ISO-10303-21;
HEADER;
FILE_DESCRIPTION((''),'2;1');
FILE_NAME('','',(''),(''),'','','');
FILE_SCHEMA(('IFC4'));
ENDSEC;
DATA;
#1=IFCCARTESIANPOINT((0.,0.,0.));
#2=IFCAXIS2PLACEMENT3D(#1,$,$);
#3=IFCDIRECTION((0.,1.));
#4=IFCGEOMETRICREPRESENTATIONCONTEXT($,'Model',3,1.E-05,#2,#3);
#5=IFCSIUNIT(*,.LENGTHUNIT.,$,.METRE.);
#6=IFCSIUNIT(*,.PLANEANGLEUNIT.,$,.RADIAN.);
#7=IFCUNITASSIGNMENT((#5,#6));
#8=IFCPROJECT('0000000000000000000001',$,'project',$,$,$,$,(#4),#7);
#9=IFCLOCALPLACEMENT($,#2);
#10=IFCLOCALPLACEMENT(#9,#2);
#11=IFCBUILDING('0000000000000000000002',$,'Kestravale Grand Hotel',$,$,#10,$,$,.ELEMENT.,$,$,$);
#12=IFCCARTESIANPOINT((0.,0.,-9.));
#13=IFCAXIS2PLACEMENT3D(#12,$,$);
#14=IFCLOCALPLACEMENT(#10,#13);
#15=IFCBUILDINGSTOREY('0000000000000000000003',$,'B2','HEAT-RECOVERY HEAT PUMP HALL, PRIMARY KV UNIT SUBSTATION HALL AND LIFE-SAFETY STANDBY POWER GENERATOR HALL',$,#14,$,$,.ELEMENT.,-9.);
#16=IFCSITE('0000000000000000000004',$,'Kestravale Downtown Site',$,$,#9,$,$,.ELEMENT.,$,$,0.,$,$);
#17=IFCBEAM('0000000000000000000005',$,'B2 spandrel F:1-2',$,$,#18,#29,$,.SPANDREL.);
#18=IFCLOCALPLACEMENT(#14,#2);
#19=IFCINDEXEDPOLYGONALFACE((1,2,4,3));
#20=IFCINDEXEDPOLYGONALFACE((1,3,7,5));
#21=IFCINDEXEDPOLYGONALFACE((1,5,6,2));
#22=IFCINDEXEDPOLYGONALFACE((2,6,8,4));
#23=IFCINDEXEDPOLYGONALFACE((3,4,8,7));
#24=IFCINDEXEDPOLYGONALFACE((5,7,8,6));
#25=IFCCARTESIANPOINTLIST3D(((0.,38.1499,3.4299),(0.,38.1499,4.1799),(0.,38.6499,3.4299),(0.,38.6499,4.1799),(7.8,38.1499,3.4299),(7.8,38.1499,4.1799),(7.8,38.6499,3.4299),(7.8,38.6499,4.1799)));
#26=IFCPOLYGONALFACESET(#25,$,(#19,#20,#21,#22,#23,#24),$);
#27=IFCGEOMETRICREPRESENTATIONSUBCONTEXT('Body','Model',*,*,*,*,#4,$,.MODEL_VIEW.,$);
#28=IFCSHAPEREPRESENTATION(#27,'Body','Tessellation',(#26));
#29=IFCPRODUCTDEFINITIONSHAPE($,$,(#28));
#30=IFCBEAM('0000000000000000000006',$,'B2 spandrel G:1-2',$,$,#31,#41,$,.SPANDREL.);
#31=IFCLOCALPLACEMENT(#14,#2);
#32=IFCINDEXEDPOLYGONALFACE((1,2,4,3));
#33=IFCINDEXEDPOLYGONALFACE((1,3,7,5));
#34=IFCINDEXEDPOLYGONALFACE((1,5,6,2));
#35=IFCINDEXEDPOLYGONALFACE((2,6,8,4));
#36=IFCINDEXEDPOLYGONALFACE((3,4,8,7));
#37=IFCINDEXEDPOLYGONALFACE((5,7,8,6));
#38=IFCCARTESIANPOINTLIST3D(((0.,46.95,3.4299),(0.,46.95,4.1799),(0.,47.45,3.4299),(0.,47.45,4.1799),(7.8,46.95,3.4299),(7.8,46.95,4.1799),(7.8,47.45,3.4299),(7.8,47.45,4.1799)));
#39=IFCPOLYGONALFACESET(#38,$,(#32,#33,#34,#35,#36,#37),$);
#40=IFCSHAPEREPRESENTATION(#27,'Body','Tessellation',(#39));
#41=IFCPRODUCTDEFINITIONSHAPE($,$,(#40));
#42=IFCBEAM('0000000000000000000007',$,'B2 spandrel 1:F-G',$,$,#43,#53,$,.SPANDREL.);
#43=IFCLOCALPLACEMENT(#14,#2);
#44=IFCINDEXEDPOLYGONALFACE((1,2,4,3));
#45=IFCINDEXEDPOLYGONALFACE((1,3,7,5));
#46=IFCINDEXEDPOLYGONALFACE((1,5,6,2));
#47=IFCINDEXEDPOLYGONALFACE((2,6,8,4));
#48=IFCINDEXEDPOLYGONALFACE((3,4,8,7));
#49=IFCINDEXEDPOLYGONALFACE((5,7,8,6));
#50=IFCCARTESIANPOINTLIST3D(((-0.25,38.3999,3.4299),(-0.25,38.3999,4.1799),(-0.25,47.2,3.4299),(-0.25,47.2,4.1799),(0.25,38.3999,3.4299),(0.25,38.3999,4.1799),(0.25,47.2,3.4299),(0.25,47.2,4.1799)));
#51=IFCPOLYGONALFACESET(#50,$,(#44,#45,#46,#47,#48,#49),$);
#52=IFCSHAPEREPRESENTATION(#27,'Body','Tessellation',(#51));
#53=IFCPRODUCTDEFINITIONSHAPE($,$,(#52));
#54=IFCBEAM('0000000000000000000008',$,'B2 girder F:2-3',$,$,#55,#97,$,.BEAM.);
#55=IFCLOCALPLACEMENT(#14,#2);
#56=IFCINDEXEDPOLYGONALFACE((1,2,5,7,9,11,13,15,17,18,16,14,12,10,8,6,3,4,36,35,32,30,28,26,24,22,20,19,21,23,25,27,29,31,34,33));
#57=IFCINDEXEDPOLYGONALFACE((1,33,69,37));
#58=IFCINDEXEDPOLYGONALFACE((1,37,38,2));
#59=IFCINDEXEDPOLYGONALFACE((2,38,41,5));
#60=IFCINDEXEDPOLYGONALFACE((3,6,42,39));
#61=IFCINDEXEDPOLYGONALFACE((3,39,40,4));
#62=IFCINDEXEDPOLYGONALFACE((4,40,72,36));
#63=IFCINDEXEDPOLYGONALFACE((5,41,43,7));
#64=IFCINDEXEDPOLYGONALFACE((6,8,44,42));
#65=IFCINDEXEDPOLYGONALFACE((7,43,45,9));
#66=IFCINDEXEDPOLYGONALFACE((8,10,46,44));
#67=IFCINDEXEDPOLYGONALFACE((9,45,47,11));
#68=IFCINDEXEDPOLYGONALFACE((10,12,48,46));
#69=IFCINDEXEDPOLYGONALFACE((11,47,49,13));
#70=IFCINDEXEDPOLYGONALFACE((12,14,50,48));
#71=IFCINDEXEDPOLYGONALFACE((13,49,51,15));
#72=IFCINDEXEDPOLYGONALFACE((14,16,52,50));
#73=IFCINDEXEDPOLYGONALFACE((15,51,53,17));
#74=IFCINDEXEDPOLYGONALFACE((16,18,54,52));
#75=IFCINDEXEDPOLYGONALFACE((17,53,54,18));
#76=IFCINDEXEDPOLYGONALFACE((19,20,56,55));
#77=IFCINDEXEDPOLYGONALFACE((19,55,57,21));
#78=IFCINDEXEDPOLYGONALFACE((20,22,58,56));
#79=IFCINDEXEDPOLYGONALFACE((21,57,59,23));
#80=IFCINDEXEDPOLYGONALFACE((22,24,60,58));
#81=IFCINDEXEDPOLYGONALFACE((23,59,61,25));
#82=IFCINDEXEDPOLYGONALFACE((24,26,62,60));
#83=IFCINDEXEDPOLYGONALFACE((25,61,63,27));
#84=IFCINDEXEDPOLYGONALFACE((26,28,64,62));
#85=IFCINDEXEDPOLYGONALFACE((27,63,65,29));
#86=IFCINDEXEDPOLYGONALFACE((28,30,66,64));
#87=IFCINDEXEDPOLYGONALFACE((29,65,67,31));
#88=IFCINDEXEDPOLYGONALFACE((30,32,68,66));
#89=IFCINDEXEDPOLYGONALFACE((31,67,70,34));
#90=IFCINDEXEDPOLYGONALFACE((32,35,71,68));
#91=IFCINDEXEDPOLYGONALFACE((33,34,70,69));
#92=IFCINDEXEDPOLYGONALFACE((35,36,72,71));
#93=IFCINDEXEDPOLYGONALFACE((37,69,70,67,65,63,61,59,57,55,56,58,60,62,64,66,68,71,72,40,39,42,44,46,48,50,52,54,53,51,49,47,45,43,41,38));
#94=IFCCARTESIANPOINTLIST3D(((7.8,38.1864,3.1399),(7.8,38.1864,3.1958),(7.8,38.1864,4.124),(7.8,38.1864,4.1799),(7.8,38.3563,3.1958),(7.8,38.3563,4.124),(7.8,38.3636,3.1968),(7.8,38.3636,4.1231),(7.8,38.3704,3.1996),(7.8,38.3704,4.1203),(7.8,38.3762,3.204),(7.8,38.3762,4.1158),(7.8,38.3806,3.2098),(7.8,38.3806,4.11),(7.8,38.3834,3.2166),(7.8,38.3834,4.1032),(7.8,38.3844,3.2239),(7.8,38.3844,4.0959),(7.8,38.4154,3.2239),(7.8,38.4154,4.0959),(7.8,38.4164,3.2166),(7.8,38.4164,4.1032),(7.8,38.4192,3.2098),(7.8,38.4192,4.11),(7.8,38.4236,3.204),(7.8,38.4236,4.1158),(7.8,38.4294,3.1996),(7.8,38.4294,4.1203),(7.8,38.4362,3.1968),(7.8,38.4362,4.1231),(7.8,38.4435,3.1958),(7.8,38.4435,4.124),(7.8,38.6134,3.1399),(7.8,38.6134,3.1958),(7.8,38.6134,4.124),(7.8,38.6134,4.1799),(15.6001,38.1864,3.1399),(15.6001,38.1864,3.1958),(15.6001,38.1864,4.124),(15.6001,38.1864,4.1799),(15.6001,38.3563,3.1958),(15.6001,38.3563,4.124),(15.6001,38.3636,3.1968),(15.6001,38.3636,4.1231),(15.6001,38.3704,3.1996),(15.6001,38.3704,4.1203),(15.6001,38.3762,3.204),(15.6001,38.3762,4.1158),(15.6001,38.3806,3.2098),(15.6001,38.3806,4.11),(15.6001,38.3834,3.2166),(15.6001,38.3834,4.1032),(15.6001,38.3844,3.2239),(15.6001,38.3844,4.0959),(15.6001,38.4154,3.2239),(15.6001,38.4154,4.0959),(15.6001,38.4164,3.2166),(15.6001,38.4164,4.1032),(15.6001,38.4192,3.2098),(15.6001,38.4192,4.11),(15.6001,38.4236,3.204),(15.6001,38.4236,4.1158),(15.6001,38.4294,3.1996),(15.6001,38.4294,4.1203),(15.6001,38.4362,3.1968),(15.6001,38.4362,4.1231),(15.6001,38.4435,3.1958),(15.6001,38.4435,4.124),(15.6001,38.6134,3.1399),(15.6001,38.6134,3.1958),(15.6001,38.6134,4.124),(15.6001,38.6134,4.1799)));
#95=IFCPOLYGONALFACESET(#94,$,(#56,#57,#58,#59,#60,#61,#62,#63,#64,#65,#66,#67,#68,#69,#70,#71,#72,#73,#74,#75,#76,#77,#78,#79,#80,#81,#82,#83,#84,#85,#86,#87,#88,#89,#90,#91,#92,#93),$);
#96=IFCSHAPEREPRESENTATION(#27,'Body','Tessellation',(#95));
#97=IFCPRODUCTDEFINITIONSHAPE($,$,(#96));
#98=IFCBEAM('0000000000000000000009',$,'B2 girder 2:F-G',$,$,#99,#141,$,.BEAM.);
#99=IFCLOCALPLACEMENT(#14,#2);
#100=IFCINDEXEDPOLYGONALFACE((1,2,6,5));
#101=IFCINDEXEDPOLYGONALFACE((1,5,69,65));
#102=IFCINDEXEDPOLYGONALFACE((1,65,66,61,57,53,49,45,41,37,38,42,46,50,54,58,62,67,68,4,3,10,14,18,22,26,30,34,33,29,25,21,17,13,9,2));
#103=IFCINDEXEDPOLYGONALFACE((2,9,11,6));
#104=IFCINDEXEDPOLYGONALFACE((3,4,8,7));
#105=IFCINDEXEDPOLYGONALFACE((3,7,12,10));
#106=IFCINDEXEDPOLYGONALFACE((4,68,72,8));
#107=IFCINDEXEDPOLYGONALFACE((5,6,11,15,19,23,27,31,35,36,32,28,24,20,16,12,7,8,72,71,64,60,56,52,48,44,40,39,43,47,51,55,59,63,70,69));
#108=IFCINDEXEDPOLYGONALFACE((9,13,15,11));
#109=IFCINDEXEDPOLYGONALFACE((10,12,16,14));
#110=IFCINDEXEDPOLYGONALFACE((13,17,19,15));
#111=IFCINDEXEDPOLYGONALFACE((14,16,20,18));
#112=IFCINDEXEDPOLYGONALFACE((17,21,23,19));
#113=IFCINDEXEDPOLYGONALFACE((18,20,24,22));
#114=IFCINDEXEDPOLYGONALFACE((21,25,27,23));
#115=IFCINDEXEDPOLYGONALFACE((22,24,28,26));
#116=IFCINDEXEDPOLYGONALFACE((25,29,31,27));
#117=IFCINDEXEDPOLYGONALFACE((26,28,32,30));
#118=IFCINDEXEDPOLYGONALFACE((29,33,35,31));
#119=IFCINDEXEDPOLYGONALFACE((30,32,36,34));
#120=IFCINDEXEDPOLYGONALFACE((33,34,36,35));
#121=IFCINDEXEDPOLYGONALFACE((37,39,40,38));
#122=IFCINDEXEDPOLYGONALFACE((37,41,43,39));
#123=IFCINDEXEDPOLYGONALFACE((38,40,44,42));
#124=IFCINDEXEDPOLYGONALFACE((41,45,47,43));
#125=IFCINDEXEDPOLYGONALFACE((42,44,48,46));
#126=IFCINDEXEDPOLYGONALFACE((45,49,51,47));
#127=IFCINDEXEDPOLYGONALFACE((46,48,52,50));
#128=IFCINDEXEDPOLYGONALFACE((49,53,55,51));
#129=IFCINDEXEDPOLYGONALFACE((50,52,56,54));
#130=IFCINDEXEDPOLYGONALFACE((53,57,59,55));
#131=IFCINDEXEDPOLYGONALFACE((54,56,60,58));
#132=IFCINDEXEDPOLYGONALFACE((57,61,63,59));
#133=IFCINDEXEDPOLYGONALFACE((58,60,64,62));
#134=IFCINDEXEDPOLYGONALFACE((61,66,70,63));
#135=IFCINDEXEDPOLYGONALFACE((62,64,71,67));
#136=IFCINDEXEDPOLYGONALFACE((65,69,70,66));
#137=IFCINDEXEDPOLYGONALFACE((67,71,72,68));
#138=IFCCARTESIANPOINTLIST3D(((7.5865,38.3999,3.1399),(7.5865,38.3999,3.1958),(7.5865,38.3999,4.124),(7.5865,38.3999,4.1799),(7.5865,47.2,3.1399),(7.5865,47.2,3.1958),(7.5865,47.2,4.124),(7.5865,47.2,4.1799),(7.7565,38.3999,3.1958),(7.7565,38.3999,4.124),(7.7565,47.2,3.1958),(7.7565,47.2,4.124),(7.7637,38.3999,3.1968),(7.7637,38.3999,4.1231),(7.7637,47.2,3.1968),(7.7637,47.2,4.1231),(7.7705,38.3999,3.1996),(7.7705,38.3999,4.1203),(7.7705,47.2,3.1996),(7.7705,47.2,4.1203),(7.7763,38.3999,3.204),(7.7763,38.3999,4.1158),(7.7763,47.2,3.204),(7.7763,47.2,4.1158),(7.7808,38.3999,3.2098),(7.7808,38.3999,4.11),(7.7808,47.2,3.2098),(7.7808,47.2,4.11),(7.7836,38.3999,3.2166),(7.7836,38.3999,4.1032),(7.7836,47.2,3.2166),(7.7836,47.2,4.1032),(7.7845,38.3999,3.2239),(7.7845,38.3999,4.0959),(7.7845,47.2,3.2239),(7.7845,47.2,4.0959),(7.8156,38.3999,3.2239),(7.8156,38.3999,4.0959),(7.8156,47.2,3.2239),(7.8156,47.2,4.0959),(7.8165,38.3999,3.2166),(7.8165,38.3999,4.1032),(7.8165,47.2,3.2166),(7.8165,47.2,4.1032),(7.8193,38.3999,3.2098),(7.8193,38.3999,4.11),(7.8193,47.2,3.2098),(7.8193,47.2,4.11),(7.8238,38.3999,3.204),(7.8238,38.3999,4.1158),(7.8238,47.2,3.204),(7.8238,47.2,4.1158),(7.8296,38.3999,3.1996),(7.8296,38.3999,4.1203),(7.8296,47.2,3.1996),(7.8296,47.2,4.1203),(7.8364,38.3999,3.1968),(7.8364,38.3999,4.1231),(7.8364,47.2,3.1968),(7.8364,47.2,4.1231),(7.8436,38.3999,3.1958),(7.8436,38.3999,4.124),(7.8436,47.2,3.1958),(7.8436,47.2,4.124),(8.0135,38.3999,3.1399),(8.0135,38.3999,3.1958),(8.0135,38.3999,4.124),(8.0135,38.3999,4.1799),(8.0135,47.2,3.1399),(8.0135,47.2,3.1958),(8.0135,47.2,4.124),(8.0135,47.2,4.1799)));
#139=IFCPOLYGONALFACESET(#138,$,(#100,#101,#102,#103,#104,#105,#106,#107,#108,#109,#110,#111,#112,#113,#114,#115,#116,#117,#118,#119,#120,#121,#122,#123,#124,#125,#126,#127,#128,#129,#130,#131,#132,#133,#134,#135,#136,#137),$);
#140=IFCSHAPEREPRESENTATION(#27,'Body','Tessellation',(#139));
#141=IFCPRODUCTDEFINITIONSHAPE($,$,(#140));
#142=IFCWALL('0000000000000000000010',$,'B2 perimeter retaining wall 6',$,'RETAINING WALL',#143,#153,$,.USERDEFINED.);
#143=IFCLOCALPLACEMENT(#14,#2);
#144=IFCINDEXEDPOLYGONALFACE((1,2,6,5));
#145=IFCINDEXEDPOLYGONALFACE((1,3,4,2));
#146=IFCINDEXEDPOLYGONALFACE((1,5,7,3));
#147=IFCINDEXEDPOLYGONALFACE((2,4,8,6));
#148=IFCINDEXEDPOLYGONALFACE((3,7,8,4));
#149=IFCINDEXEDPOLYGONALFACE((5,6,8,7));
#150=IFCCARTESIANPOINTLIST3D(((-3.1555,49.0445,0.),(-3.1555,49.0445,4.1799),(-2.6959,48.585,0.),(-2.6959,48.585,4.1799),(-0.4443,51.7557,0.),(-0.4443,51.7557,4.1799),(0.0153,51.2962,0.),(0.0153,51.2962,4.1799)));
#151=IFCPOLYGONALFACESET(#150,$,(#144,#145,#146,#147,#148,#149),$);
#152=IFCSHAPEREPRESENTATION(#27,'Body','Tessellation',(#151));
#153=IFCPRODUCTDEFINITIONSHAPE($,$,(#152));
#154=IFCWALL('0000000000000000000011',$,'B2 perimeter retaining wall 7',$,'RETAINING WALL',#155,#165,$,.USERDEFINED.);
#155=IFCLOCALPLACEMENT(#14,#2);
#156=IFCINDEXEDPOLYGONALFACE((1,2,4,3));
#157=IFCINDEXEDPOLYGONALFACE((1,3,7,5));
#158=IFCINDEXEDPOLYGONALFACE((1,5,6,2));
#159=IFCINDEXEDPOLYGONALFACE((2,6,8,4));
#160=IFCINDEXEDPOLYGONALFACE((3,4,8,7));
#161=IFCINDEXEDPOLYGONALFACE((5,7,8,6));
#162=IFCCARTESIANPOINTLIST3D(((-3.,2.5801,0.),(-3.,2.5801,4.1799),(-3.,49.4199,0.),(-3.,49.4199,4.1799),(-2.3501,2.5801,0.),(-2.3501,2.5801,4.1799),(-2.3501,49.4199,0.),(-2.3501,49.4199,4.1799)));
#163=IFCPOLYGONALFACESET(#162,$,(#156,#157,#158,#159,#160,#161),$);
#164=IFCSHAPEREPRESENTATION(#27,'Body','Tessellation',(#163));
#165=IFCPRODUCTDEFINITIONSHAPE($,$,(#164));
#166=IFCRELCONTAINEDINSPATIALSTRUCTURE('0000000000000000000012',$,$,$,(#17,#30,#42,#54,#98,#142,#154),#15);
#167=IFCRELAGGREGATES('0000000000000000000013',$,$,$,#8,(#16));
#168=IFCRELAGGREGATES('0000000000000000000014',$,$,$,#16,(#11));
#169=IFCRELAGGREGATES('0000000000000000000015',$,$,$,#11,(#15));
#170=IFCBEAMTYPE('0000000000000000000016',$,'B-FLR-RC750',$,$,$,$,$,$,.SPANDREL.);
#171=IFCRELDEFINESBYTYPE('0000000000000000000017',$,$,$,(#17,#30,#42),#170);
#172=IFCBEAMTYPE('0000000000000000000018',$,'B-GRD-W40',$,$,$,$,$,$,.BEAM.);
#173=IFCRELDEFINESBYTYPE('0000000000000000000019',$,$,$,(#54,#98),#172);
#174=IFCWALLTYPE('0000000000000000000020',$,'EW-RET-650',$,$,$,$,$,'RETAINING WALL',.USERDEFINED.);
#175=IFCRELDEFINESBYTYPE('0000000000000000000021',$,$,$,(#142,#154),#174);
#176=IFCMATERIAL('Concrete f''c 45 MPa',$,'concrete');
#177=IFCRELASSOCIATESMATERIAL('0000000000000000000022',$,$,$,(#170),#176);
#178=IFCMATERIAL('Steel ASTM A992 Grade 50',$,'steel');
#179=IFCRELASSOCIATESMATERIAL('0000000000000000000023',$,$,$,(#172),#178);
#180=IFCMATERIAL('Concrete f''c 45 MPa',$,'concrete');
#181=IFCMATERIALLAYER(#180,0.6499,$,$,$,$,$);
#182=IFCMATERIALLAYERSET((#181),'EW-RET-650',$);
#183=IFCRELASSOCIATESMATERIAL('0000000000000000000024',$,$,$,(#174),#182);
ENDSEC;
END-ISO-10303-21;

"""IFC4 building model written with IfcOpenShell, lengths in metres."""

from ifc_helpers import new_model, si_unit, direction, frame, frame_2d, origin, origin_2d, place, context, subcontext, project, spatial, rectangle, i_section, extrude, material, layer, layer_set, material_profile, profile_set, type_object, element, save


model = new_model("IFC4")

# Units and contexts
model_context = context("Model", 3, precision=1e-05, world=origin(), true_north=direction((0.0, 1.0)))
body_context = subcontext(model_context, "Body", "Model", "MODEL_VIEW")
ifc_project = project(units=[si_unit("LENGTHUNIT", "METRE"), si_unit("PLANEANGLEUNIT", "RADIAN")], contexts=[model_context])

# Site, building, storey
site_placement = place(None, origin())
site = spatial("IfcSite", under=ifc_project, at=site_placement, Name="Kestravale Downtown Site", CompositionType="ELEMENT", RefElevation=0.0)
building_placement = place(site_placement, origin())
building = spatial("IfcBuilding", under=site, at=building_placement, Name="Kestravale Grand Hotel", CompositionType="ELEMENT")
storey_placement = place(building_placement, frame((0.0, 0.0, -9.0)))
storey = spatial("IfcBuildingStorey", under=building, at=storey_placement, Name="B2", Description="HEAT-RECOVERY HEAT PUMP HALL, PRIMARY KV UNIT SUBSTATION HALL AND LIFE-SAFETY STANDBY POWER GENERATOR HALL", CompositionType="ELEMENT", Elevation=-9.0)

# Beams
ifc_material_1 = material(Name="Concrete f'c 45 MPa", Category="concrete")
ifc_material_profile_1 = material_profile(ifc_material_1, rectangle(XDim=0.5, YDim=0.75, at=origin_2d()))
ifc_profile_set_1 = profile_set([ifc_material_profile_1], Name="Concrete f'c 45 MPa")
beam_type_1 = type_object("IfcBeamType", Name="B-FLR-RC750", PredefinedType="SPANDREL", material=ifc_profile_set_1)
for number, where, z_axis, x_axis, name in (
    (1, (0.0, 38.3999, 3.8049), (1.0, 0.0, 0.0), (0.0, 1.0, 0.0), "B2 spandrel F:1-2"),
    (2, (0.0, 47.2, 3.8049), (1.0, 0.0, 0.0), (0.0, 1.0, 0.0), "B2 spandrel G:1-2"),
):
    element("IfcBeam", number, at=place(storey_placement, frame(where, z_axis=z_axis, x_axis=x_axis)), inside=storey, type_object=beam_type_1, Name=name, PredefinedType="SPANDREL", context=body_context, shape_type="SweptSolid", body=[
        extrude(rectangle(XDim=0.5, YDim=0.75, at=origin_2d()), origin(), (0.0, 0.0, 1.0), 7.8),
    ])
beam_1_placement = place(storey_placement, frame((0.0, 38.3999, 3.8049), z_axis=(0.0, 1.0, 0.0), x_axis=(-1.0, 0.0, 0.0)))
element("IfcBeam", 3, at=beam_1_placement, inside=storey, type_object=beam_type_1, Name="B2 spandrel 1:F-G", PredefinedType="SPANDREL", context=body_context, shape_type="SweptSolid", body=[
    extrude(rectangle(XDim=0.5, YDim=0.75, at=origin_2d()), origin(), (0.0, 0.0, 1.0), 8.8),
])
ifc_material_2 = material(Name="Steel ASTM A992 Grade 50", Category="steel")
ifc_material_profile_2 = material_profile(ifc_material_2, i_section(OverallWidth=0.427, OverallDepth=1.04, WebThickness=0.031, FlangeThickness=0.0559, FilletRadius=0.0281, at=origin_2d()))
ifc_profile_set_2 = profile_set([ifc_material_profile_2], Name="Steel ASTM A992 Grade 50")
beam_type_2 = type_object("IfcBeamType", Name="B-GRD-W40", PredefinedType="BEAM", material=ifc_profile_set_2)
beam_2_placement = place(storey_placement, frame((7.8, 38.3999, 3.6599), z_axis=(1.0, 0.0, 0.0), x_axis=(0.0, 1.0, 0.0)))
element("IfcBeam", 4, at=beam_2_placement, inside=storey, type_object=beam_type_2, Name="B2 girder F:2-3", PredefinedType="BEAM", context=body_context, shape_type="SweptSolid", body=[
    extrude(i_section(OverallWidth=0.427, OverallDepth=1.04, WebThickness=0.031, FlangeThickness=0.0559, FilletRadius=0.0281, at=origin_2d()), origin(), (0.0, 0.0, 1.0), 7.8),
])
beam_3_placement = place(storey_placement, frame((7.8, 38.3999, 3.6599), z_axis=(0.0, 1.0, 0.0), x_axis=(-1.0, 0.0, 0.0)))
element("IfcBeam", 5, at=beam_3_placement, inside=storey, type_object=beam_type_2, Name="B2 girder 2:F-G", PredefinedType="BEAM", context=body_context, shape_type="SweptSolid", body=[
    extrude(i_section(OverallWidth=0.427, OverallDepth=1.04, WebThickness=0.031, FlangeThickness=0.0559, FilletRadius=0.0281, at=origin_2d()), origin(), (0.0, 0.0, 1.0), 8.8),
])

# Walls
ifc_material_3 = material(Name="Concrete f'c 45 MPa", Category="concrete")
ifc_layer = layer(ifc_material_3, 0.6499)
ifc_layer_set = layer_set([ifc_layer], Name="EW-RET-650")
wall_type = type_object("IfcWallType", Name="EW-RET-650", ElementType="RETAINING WALL", PredefinedType="USERDEFINED", material=ifc_layer_set)
wall_1_placement = place(storey_placement, frame((-0.2146, 51.5259, 0.0), z_axis=(0.0, 0.0, 1.0), x_axis=(-0.707107, -0.707107, 0.0)))
element("IfcWall", 6, at=wall_1_placement, inside=storey, type_object=wall_type, Name="B2 perimeter retaining wall 6", ObjectType="RETAINING WALL", PredefinedType="USERDEFINED", context=body_context, shape_type="SweptSolid", body=[
    extrude(rectangle(XDim=3.8342, YDim=0.6499, at=frame_2d((1.917, 0.0))), origin(), (0.0, 0.0, 1.0), 4.1799),
])
wall_2_placement = place(storey_placement, frame((-2.675, 49.4199, 0.0), z_axis=(0.0, 0.0, 1.0), x_axis=(0.0, -1.0, 0.0)))
element("IfcWall", 7, at=wall_2_placement, inside=storey, type_object=wall_type, Name="B2 perimeter retaining wall 7", ObjectType="RETAINING WALL", PredefinedType="USERDEFINED", context=body_context, shape_type="SweptSolid", body=[
    extrude(rectangle(XDim=46.8398, YDim=0.6499, at=frame_2d((23.4199, 0.0))), origin(), (0.0, 0.0, 1.0), 4.1799),
])

save(model, "model.ifc")
